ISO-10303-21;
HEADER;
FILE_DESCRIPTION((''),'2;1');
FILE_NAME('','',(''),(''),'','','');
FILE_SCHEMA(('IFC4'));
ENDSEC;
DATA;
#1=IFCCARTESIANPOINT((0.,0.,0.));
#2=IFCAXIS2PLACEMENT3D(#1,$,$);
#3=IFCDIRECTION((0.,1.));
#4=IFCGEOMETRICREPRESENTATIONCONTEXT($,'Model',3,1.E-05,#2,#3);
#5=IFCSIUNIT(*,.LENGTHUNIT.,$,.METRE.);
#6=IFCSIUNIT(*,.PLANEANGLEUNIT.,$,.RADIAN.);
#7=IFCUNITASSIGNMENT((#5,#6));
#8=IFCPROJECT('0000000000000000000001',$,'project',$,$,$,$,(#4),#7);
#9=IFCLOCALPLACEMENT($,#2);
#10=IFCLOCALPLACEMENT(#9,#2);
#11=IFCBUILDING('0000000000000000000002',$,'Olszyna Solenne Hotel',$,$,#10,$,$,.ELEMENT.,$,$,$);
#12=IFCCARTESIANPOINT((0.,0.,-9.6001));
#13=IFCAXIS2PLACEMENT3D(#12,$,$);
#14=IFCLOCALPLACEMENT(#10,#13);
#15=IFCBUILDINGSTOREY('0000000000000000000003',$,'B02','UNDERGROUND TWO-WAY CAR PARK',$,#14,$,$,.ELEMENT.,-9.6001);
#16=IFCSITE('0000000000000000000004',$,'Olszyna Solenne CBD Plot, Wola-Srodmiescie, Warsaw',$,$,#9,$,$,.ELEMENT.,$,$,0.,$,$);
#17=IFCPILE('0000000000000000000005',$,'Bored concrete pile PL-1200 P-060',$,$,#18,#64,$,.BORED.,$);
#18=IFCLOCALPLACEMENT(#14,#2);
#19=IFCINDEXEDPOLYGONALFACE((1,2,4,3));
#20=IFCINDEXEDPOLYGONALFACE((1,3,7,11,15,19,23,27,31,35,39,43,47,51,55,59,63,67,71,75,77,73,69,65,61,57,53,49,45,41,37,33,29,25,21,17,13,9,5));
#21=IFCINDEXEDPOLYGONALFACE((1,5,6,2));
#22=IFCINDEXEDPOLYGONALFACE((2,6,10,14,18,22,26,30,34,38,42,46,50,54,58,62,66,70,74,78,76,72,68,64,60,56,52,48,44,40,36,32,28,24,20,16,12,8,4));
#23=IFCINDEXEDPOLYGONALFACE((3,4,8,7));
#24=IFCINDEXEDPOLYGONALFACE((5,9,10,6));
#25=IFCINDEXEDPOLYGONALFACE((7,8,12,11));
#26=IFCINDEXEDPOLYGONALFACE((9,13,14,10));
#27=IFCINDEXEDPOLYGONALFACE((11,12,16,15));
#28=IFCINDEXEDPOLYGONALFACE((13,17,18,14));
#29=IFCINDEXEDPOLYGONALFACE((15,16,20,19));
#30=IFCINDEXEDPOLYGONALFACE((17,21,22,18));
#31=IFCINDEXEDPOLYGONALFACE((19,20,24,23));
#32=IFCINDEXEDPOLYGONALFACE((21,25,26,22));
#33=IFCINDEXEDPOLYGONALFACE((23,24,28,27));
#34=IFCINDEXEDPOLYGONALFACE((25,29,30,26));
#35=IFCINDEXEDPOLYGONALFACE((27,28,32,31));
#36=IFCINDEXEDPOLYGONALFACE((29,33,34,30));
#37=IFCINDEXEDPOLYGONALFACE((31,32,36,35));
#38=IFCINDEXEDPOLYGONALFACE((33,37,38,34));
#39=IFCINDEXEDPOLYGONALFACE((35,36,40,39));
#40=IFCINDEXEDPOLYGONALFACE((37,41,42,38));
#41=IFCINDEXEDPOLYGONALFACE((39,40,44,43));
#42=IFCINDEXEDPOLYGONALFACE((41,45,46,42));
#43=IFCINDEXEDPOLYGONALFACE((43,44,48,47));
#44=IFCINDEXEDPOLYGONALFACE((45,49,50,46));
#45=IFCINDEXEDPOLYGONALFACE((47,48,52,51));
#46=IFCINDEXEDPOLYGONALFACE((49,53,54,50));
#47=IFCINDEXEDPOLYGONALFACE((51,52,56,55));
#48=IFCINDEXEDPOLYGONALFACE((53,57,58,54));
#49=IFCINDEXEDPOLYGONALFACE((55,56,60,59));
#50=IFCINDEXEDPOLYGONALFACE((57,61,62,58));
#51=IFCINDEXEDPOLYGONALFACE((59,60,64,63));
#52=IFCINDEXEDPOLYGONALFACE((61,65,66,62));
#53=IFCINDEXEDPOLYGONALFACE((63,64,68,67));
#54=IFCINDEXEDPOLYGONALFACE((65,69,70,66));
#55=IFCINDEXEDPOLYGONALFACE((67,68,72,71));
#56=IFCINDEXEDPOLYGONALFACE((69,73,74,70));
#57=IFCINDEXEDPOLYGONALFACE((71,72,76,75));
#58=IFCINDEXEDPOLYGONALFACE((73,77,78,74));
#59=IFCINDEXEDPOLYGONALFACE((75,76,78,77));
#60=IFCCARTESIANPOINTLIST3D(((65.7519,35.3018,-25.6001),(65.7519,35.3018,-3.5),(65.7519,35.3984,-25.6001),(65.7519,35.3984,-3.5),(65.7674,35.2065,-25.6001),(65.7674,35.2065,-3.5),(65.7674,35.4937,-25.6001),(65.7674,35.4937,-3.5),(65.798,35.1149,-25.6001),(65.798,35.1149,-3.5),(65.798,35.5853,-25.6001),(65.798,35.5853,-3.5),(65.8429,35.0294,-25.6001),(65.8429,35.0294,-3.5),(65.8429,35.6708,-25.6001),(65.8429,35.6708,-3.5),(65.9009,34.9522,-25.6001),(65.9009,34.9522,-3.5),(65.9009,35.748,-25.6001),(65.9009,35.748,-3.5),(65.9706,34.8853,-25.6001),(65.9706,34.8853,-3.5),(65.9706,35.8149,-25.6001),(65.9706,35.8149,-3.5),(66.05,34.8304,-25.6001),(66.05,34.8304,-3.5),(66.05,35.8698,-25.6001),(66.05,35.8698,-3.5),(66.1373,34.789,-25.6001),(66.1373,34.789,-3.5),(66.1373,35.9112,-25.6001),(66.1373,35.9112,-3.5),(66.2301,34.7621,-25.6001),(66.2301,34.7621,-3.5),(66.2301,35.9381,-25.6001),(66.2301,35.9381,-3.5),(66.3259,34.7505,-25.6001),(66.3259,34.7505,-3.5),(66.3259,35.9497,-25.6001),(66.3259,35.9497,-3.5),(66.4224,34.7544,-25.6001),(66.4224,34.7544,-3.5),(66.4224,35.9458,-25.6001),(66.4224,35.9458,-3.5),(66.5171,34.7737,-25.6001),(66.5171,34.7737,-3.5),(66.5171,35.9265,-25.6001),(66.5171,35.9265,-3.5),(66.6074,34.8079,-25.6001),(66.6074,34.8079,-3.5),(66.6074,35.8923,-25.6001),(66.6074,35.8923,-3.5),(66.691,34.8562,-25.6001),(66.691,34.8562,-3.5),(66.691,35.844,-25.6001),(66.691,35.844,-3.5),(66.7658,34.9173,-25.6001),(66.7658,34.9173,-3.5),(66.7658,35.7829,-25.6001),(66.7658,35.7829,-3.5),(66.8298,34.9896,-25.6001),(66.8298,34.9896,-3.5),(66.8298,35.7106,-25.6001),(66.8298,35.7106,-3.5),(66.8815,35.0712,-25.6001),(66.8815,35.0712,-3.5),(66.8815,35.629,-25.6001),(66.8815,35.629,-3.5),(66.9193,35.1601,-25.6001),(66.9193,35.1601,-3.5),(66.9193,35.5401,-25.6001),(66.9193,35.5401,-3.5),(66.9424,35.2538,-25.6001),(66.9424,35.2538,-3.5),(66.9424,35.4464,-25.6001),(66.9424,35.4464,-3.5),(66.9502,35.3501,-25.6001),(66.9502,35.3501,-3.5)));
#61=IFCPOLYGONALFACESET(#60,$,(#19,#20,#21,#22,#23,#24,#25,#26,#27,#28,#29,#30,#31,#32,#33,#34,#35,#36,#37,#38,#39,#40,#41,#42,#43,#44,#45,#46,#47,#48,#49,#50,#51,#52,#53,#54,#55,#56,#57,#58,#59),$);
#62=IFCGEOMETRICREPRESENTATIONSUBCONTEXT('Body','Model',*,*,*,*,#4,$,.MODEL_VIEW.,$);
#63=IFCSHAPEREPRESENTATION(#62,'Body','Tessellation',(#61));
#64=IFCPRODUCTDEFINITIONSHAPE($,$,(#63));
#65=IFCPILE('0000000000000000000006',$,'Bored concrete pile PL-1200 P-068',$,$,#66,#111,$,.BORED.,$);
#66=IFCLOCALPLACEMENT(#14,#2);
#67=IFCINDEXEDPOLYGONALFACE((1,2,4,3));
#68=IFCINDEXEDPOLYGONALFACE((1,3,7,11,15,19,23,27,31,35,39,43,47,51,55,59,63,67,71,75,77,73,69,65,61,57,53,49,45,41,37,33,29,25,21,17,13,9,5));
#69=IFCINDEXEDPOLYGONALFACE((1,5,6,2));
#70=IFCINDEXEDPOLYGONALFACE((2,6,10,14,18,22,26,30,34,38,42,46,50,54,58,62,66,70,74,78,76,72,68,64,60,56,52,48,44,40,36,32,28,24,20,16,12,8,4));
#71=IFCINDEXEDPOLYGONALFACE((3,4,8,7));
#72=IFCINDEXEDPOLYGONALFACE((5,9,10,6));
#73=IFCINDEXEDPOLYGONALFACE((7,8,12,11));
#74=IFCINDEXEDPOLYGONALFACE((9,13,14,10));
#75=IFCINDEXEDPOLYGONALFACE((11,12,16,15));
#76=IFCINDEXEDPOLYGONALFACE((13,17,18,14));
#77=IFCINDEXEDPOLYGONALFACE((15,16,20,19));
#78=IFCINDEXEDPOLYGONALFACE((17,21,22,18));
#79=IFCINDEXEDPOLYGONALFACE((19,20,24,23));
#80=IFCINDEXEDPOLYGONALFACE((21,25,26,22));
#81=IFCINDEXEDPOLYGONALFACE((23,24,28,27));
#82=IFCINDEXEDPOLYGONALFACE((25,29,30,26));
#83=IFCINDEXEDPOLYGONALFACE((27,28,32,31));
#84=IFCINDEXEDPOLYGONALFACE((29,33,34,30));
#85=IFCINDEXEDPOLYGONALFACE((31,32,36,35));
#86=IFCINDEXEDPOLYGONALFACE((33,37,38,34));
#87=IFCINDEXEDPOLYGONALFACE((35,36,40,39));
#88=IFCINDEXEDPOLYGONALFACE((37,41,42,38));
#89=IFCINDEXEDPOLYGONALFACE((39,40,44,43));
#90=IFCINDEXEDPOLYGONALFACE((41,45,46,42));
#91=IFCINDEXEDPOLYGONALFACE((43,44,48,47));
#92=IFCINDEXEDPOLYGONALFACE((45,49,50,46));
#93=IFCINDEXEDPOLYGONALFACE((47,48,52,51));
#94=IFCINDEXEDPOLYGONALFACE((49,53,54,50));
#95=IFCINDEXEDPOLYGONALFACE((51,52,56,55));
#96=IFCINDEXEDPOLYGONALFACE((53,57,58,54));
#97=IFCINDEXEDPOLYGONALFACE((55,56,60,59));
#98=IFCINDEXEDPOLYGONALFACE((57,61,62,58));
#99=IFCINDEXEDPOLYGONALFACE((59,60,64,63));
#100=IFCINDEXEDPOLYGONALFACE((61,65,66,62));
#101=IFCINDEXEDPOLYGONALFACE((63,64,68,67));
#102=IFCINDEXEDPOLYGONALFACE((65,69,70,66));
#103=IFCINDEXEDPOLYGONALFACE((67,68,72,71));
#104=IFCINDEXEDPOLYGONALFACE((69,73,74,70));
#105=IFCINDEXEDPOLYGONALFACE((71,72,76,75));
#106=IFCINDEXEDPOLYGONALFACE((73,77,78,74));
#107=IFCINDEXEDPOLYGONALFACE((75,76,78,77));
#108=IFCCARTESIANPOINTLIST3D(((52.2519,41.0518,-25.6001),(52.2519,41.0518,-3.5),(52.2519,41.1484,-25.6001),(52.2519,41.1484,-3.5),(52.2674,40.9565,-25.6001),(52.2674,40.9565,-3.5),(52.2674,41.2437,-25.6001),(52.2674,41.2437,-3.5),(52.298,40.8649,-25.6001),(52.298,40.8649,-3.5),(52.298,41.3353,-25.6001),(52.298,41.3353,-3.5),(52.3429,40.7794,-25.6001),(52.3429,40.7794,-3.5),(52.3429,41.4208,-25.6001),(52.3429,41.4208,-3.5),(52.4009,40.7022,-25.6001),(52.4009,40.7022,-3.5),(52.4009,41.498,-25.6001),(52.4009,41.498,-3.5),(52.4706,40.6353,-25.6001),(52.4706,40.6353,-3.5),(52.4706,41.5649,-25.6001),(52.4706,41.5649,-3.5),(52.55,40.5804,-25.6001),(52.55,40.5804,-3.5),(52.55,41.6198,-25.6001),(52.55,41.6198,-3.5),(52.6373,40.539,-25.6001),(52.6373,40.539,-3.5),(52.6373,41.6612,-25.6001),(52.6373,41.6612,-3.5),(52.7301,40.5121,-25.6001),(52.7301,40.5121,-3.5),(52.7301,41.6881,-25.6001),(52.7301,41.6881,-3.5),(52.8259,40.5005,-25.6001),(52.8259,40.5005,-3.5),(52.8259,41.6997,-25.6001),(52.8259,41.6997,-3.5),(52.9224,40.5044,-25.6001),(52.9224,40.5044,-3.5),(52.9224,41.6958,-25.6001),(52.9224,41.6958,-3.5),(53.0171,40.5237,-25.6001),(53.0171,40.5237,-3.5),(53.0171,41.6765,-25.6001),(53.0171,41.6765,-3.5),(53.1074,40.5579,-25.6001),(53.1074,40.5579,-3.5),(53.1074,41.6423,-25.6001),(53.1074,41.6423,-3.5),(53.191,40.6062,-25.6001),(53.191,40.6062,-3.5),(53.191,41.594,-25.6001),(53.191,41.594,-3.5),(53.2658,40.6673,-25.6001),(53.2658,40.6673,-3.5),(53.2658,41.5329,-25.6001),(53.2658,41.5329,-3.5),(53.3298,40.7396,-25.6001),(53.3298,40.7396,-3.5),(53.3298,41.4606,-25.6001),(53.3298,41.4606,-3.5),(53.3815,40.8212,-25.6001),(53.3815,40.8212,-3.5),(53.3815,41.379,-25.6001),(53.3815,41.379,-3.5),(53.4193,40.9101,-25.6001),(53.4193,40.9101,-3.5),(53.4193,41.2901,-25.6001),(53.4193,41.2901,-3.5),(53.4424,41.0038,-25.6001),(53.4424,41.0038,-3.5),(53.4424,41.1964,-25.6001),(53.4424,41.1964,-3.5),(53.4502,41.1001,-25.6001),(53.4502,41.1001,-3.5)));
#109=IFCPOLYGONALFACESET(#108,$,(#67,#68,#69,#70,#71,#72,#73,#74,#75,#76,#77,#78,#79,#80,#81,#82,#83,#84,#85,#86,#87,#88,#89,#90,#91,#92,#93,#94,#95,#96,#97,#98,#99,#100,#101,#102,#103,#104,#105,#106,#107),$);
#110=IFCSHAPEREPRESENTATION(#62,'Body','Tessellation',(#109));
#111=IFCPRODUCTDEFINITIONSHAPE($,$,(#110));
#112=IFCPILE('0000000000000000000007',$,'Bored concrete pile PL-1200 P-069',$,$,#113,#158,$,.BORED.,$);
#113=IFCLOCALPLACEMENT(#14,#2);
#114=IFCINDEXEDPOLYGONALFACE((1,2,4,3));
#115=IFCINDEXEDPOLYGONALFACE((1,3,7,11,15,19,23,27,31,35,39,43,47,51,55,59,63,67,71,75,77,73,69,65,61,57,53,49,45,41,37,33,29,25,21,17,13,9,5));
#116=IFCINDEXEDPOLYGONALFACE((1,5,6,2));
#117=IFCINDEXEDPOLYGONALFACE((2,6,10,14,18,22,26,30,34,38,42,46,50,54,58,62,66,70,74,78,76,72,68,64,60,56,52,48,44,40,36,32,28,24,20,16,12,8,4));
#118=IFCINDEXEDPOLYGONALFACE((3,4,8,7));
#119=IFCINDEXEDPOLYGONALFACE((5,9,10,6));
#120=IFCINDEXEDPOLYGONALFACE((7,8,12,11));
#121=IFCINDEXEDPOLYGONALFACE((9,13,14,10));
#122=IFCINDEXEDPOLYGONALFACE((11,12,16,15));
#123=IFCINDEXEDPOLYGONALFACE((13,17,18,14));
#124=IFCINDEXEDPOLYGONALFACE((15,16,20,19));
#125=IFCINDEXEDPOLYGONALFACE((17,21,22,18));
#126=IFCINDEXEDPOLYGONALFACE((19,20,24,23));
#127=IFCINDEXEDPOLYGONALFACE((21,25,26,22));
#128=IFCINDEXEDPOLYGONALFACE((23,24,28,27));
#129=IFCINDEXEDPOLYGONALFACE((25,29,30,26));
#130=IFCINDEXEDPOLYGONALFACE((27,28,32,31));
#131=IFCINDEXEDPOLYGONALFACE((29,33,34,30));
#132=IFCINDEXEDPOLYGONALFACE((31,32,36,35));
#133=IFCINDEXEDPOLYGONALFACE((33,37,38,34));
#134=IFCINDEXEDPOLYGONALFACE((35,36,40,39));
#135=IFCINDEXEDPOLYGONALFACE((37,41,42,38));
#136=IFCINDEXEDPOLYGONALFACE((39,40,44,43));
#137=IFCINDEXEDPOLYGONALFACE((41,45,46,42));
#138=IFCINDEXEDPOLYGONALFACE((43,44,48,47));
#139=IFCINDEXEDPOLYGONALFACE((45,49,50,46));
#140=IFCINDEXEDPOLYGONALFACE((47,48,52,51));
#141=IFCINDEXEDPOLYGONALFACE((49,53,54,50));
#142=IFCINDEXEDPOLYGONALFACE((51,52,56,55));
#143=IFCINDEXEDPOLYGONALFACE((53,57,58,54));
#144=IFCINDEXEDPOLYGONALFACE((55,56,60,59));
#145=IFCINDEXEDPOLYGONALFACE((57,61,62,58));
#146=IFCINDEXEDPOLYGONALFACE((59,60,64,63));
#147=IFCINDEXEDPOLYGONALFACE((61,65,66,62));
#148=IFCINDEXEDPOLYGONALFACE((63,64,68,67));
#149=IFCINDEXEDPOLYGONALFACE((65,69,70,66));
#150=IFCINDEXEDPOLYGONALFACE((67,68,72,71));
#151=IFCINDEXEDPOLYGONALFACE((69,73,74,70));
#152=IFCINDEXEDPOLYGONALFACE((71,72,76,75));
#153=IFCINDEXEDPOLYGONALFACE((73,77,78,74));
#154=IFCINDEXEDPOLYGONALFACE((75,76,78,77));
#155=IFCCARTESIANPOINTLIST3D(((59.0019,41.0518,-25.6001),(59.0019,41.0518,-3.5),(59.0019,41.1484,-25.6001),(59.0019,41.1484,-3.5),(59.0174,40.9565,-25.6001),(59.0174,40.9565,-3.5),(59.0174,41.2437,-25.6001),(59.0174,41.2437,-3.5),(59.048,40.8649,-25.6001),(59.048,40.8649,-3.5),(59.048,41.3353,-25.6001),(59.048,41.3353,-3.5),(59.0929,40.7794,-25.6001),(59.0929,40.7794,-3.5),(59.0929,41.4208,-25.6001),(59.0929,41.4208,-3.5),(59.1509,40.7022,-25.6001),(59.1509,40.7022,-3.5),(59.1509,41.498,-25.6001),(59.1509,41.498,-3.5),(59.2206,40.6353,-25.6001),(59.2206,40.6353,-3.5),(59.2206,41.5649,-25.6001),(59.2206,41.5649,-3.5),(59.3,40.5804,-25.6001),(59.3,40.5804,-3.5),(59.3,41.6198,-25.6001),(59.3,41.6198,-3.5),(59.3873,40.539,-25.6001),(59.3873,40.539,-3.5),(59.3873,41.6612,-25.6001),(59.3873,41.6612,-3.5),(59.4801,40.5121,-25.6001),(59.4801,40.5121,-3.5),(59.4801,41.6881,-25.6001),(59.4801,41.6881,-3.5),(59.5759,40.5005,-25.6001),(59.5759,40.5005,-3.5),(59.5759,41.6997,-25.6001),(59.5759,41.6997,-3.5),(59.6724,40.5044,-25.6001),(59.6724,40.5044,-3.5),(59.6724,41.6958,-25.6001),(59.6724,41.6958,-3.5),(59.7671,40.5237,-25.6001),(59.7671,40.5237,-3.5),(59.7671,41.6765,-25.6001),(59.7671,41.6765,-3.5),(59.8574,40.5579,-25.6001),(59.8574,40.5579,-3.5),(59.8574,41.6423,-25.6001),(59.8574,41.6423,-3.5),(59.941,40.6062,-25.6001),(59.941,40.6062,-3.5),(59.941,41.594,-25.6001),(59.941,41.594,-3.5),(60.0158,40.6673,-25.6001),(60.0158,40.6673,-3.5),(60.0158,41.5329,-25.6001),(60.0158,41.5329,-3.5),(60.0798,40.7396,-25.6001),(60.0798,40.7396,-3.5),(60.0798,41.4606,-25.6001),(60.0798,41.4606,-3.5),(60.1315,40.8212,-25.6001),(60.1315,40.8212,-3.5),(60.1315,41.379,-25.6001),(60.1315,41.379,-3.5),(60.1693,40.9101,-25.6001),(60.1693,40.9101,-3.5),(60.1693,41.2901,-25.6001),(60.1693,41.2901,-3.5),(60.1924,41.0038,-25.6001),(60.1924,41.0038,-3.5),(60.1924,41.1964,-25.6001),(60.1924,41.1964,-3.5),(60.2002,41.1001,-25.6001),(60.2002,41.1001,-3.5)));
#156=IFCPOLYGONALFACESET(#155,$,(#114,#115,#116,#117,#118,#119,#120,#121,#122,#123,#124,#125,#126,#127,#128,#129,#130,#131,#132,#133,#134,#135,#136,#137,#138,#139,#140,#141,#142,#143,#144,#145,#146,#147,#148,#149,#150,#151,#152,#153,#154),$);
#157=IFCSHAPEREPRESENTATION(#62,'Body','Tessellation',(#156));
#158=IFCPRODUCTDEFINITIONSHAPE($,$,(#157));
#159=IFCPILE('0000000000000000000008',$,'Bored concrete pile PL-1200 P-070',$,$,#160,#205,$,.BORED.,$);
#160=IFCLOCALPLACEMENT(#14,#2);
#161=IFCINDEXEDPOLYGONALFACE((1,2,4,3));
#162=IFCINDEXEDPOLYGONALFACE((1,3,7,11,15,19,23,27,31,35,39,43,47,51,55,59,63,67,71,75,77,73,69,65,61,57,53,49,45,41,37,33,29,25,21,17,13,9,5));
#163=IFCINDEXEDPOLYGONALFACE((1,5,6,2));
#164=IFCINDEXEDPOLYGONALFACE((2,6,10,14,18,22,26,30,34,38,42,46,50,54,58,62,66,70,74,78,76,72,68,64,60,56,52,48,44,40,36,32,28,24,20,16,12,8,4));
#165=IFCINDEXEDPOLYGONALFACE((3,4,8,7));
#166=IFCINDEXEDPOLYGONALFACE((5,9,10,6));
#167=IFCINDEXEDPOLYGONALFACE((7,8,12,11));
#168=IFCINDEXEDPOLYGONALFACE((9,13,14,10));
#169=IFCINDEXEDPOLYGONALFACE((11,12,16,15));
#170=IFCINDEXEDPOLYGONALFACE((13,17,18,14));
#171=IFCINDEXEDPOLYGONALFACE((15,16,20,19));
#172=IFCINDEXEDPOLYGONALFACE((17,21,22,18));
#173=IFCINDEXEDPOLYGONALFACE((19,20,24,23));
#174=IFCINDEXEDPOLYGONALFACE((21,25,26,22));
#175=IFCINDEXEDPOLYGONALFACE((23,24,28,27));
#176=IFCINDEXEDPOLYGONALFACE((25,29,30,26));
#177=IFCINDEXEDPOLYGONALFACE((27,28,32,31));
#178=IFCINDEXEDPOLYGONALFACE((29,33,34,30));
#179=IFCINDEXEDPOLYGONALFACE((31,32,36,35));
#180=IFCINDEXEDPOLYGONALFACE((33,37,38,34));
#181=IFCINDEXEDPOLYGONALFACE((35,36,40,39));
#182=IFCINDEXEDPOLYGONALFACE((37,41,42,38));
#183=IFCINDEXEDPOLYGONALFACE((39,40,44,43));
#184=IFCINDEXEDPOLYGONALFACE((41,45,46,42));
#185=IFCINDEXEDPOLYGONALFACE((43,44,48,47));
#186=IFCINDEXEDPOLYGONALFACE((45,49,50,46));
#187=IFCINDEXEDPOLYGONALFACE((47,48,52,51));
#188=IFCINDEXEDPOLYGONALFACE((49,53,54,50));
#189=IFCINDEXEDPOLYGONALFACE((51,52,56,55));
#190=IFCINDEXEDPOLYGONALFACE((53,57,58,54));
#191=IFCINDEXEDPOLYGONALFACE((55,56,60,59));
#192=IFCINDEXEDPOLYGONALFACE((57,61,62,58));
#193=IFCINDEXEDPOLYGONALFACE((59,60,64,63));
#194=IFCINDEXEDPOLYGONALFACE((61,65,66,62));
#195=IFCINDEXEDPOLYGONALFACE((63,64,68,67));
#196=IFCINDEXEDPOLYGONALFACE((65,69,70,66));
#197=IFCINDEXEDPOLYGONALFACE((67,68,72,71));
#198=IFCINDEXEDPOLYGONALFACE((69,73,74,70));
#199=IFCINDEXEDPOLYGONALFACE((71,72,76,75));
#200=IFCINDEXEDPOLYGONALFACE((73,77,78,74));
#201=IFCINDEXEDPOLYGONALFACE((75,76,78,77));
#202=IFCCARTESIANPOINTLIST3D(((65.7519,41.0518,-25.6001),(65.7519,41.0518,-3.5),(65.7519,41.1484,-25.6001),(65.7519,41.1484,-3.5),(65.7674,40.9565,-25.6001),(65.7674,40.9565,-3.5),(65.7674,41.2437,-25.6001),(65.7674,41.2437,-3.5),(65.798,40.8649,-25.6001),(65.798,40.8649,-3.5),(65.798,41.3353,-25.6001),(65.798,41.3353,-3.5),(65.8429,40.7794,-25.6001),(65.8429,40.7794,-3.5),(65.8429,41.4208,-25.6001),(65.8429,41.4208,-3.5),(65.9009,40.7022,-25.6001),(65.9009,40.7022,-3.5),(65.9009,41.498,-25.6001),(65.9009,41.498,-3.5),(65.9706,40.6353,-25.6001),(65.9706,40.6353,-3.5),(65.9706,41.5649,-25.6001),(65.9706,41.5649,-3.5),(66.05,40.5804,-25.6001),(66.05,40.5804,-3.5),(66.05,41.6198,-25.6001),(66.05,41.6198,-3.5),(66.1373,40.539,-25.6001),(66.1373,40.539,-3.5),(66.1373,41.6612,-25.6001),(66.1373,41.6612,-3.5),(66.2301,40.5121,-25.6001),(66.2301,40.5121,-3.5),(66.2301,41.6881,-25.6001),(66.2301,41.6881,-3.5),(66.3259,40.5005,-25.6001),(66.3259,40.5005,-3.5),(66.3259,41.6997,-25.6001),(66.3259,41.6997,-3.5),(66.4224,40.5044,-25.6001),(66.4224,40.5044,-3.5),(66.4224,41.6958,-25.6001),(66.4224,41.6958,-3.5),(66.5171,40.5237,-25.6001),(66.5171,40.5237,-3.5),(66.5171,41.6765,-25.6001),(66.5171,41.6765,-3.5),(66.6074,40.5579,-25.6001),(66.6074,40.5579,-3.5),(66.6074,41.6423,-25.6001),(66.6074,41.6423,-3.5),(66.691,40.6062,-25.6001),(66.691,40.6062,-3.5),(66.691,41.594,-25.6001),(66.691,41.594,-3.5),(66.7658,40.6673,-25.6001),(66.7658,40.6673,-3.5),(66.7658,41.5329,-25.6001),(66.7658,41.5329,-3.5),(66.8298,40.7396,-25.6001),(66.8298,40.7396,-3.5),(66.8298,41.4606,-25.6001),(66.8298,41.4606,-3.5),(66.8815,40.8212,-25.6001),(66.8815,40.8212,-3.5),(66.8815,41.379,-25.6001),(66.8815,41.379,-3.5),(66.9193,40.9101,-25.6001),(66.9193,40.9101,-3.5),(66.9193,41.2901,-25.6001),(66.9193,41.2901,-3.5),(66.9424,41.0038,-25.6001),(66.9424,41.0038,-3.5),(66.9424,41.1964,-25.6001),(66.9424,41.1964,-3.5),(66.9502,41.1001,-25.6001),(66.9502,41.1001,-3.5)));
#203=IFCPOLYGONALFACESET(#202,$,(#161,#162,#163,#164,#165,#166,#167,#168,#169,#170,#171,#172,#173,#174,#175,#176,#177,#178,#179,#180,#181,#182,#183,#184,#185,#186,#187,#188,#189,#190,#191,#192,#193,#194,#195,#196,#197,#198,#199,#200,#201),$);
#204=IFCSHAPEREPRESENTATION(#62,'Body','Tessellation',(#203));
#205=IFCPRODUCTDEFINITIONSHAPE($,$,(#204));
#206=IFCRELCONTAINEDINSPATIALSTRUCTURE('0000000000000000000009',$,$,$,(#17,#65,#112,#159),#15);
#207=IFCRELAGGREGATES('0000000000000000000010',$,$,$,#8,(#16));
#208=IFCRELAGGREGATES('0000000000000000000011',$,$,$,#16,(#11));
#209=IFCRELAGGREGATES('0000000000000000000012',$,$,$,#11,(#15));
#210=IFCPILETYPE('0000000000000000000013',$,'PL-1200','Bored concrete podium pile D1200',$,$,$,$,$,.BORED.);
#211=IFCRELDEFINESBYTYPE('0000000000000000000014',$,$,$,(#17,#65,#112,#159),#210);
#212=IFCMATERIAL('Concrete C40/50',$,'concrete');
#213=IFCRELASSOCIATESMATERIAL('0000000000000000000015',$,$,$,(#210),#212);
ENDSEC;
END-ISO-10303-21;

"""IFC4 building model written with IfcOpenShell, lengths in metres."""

from ifc_helpers import new_model, si_unit, direction, frame, origin, origin_2d, place, context, subcontext, project, spatial, circle, extrude, source, transform, mapped, material, material_profile, profile_set, type_object, element, save


model = new_model("IFC4")

# Units and contexts
model_context = context("Model", 3, precision=1e-05, world=origin(), true_north=direction((0.0, 1.0)))
body_context = subcontext(model_context, "Body", "Model", "MODEL_VIEW")
ifc_project = project(units=[si_unit("LENGTHUNIT", "METRE"), si_unit("PLANEANGLEUNIT", "RADIAN")], contexts=[model_context])

# Site, building, storey
site_placement = place(None, origin())
site = spatial("IfcSite", under=ifc_project, at=site_placement, Name="Olszyna Solenne CBD Plot, Wola-Srodmiescie, Warsaw", CompositionType="ELEMENT", RefElevation=0.0)
building_placement = place(site_placement, origin())
building = spatial("IfcBuilding", under=site, at=building_placement, Name="Olszyna Solenne Hotel", CompositionType="ELEMENT")
storey_placement = place(building_placement, frame((0.0, 0.0, -9.6001)))
storey = spatial("IfcBuildingStorey", under=building, at=storey_placement, Name="B02", Description="UNDERGROUND TWO-WAY CAR PARK", CompositionType="ELEMENT", Elevation=-9.6001)

# Shared definitions
ifc_material_1 = material(Name="Concrete C40/50", Category="concrete")

# Piles
ifc_material_profile_1 = material_profile(ifc_material_1, circle(Radius=0.6001, at=origin_2d()), Name="BORED PILE 1200", Category="load-bearing")
ifc_profile_set_1 = profile_set([ifc_material_profile_1], Name="Concrete C40/50")
pile_type_1 = type_object("IfcPileType", Name="PL-1200", Description="Bored concrete podium pile D1200", PredefinedType="BORED", material=ifc_profile_set_1)
shared_shape_1 = source(origin(), body_context, "Body", "SweptSolid", [
    extrude(circle(Radius=0.6001, at=origin_2d()), origin(), (0.0, 0.0, 1.0), 22.1001),
])
for number, where, z_axis, x_axis, name in (
    (1, (66.3501, 35.3501, -3.5), (0.0, 0.0, -1.0), (1.0, 0.0, 0.0), "Bored concrete pile PL-1200 P-060"),
    (2, (52.8501, 41.1001, -3.5), (0.0, 0.0, -1.0), (1.0, 0.0, 0.0), "Bored concrete pile PL-1200 P-068"),
    (3, (59.6001, 41.1001, -3.5), (0.0, 0.0, -1.0), (1.0, 0.0, 0.0), "Bored concrete pile PL-1200 P-069"),
    (4, (66.3501, 41.1001, -3.5), (0.0, 0.0, -1.0), (1.0, 0.0, 0.0), "Bored concrete pile PL-1200 P-070"),
):
    element("IfcPile", number, at=place(storey_placement, frame(where, z_axis=z_axis, x_axis=x_axis)), inside=storey, type_object=pile_type_1, Name=name, PredefinedType="BORED", context=body_context, shape_type="MappedRepresentation", body=[
        mapped(shared_shape_1, transform((0.0, 0.0, 0.0), x_axis=(1.0, 0.0, 0.0), y_axis=(0.0, 1.0, 0.0), z_axis=(0.0, 0.0, 1.0), scale=1.0)),
    ])

save(model, "model.ifc")
